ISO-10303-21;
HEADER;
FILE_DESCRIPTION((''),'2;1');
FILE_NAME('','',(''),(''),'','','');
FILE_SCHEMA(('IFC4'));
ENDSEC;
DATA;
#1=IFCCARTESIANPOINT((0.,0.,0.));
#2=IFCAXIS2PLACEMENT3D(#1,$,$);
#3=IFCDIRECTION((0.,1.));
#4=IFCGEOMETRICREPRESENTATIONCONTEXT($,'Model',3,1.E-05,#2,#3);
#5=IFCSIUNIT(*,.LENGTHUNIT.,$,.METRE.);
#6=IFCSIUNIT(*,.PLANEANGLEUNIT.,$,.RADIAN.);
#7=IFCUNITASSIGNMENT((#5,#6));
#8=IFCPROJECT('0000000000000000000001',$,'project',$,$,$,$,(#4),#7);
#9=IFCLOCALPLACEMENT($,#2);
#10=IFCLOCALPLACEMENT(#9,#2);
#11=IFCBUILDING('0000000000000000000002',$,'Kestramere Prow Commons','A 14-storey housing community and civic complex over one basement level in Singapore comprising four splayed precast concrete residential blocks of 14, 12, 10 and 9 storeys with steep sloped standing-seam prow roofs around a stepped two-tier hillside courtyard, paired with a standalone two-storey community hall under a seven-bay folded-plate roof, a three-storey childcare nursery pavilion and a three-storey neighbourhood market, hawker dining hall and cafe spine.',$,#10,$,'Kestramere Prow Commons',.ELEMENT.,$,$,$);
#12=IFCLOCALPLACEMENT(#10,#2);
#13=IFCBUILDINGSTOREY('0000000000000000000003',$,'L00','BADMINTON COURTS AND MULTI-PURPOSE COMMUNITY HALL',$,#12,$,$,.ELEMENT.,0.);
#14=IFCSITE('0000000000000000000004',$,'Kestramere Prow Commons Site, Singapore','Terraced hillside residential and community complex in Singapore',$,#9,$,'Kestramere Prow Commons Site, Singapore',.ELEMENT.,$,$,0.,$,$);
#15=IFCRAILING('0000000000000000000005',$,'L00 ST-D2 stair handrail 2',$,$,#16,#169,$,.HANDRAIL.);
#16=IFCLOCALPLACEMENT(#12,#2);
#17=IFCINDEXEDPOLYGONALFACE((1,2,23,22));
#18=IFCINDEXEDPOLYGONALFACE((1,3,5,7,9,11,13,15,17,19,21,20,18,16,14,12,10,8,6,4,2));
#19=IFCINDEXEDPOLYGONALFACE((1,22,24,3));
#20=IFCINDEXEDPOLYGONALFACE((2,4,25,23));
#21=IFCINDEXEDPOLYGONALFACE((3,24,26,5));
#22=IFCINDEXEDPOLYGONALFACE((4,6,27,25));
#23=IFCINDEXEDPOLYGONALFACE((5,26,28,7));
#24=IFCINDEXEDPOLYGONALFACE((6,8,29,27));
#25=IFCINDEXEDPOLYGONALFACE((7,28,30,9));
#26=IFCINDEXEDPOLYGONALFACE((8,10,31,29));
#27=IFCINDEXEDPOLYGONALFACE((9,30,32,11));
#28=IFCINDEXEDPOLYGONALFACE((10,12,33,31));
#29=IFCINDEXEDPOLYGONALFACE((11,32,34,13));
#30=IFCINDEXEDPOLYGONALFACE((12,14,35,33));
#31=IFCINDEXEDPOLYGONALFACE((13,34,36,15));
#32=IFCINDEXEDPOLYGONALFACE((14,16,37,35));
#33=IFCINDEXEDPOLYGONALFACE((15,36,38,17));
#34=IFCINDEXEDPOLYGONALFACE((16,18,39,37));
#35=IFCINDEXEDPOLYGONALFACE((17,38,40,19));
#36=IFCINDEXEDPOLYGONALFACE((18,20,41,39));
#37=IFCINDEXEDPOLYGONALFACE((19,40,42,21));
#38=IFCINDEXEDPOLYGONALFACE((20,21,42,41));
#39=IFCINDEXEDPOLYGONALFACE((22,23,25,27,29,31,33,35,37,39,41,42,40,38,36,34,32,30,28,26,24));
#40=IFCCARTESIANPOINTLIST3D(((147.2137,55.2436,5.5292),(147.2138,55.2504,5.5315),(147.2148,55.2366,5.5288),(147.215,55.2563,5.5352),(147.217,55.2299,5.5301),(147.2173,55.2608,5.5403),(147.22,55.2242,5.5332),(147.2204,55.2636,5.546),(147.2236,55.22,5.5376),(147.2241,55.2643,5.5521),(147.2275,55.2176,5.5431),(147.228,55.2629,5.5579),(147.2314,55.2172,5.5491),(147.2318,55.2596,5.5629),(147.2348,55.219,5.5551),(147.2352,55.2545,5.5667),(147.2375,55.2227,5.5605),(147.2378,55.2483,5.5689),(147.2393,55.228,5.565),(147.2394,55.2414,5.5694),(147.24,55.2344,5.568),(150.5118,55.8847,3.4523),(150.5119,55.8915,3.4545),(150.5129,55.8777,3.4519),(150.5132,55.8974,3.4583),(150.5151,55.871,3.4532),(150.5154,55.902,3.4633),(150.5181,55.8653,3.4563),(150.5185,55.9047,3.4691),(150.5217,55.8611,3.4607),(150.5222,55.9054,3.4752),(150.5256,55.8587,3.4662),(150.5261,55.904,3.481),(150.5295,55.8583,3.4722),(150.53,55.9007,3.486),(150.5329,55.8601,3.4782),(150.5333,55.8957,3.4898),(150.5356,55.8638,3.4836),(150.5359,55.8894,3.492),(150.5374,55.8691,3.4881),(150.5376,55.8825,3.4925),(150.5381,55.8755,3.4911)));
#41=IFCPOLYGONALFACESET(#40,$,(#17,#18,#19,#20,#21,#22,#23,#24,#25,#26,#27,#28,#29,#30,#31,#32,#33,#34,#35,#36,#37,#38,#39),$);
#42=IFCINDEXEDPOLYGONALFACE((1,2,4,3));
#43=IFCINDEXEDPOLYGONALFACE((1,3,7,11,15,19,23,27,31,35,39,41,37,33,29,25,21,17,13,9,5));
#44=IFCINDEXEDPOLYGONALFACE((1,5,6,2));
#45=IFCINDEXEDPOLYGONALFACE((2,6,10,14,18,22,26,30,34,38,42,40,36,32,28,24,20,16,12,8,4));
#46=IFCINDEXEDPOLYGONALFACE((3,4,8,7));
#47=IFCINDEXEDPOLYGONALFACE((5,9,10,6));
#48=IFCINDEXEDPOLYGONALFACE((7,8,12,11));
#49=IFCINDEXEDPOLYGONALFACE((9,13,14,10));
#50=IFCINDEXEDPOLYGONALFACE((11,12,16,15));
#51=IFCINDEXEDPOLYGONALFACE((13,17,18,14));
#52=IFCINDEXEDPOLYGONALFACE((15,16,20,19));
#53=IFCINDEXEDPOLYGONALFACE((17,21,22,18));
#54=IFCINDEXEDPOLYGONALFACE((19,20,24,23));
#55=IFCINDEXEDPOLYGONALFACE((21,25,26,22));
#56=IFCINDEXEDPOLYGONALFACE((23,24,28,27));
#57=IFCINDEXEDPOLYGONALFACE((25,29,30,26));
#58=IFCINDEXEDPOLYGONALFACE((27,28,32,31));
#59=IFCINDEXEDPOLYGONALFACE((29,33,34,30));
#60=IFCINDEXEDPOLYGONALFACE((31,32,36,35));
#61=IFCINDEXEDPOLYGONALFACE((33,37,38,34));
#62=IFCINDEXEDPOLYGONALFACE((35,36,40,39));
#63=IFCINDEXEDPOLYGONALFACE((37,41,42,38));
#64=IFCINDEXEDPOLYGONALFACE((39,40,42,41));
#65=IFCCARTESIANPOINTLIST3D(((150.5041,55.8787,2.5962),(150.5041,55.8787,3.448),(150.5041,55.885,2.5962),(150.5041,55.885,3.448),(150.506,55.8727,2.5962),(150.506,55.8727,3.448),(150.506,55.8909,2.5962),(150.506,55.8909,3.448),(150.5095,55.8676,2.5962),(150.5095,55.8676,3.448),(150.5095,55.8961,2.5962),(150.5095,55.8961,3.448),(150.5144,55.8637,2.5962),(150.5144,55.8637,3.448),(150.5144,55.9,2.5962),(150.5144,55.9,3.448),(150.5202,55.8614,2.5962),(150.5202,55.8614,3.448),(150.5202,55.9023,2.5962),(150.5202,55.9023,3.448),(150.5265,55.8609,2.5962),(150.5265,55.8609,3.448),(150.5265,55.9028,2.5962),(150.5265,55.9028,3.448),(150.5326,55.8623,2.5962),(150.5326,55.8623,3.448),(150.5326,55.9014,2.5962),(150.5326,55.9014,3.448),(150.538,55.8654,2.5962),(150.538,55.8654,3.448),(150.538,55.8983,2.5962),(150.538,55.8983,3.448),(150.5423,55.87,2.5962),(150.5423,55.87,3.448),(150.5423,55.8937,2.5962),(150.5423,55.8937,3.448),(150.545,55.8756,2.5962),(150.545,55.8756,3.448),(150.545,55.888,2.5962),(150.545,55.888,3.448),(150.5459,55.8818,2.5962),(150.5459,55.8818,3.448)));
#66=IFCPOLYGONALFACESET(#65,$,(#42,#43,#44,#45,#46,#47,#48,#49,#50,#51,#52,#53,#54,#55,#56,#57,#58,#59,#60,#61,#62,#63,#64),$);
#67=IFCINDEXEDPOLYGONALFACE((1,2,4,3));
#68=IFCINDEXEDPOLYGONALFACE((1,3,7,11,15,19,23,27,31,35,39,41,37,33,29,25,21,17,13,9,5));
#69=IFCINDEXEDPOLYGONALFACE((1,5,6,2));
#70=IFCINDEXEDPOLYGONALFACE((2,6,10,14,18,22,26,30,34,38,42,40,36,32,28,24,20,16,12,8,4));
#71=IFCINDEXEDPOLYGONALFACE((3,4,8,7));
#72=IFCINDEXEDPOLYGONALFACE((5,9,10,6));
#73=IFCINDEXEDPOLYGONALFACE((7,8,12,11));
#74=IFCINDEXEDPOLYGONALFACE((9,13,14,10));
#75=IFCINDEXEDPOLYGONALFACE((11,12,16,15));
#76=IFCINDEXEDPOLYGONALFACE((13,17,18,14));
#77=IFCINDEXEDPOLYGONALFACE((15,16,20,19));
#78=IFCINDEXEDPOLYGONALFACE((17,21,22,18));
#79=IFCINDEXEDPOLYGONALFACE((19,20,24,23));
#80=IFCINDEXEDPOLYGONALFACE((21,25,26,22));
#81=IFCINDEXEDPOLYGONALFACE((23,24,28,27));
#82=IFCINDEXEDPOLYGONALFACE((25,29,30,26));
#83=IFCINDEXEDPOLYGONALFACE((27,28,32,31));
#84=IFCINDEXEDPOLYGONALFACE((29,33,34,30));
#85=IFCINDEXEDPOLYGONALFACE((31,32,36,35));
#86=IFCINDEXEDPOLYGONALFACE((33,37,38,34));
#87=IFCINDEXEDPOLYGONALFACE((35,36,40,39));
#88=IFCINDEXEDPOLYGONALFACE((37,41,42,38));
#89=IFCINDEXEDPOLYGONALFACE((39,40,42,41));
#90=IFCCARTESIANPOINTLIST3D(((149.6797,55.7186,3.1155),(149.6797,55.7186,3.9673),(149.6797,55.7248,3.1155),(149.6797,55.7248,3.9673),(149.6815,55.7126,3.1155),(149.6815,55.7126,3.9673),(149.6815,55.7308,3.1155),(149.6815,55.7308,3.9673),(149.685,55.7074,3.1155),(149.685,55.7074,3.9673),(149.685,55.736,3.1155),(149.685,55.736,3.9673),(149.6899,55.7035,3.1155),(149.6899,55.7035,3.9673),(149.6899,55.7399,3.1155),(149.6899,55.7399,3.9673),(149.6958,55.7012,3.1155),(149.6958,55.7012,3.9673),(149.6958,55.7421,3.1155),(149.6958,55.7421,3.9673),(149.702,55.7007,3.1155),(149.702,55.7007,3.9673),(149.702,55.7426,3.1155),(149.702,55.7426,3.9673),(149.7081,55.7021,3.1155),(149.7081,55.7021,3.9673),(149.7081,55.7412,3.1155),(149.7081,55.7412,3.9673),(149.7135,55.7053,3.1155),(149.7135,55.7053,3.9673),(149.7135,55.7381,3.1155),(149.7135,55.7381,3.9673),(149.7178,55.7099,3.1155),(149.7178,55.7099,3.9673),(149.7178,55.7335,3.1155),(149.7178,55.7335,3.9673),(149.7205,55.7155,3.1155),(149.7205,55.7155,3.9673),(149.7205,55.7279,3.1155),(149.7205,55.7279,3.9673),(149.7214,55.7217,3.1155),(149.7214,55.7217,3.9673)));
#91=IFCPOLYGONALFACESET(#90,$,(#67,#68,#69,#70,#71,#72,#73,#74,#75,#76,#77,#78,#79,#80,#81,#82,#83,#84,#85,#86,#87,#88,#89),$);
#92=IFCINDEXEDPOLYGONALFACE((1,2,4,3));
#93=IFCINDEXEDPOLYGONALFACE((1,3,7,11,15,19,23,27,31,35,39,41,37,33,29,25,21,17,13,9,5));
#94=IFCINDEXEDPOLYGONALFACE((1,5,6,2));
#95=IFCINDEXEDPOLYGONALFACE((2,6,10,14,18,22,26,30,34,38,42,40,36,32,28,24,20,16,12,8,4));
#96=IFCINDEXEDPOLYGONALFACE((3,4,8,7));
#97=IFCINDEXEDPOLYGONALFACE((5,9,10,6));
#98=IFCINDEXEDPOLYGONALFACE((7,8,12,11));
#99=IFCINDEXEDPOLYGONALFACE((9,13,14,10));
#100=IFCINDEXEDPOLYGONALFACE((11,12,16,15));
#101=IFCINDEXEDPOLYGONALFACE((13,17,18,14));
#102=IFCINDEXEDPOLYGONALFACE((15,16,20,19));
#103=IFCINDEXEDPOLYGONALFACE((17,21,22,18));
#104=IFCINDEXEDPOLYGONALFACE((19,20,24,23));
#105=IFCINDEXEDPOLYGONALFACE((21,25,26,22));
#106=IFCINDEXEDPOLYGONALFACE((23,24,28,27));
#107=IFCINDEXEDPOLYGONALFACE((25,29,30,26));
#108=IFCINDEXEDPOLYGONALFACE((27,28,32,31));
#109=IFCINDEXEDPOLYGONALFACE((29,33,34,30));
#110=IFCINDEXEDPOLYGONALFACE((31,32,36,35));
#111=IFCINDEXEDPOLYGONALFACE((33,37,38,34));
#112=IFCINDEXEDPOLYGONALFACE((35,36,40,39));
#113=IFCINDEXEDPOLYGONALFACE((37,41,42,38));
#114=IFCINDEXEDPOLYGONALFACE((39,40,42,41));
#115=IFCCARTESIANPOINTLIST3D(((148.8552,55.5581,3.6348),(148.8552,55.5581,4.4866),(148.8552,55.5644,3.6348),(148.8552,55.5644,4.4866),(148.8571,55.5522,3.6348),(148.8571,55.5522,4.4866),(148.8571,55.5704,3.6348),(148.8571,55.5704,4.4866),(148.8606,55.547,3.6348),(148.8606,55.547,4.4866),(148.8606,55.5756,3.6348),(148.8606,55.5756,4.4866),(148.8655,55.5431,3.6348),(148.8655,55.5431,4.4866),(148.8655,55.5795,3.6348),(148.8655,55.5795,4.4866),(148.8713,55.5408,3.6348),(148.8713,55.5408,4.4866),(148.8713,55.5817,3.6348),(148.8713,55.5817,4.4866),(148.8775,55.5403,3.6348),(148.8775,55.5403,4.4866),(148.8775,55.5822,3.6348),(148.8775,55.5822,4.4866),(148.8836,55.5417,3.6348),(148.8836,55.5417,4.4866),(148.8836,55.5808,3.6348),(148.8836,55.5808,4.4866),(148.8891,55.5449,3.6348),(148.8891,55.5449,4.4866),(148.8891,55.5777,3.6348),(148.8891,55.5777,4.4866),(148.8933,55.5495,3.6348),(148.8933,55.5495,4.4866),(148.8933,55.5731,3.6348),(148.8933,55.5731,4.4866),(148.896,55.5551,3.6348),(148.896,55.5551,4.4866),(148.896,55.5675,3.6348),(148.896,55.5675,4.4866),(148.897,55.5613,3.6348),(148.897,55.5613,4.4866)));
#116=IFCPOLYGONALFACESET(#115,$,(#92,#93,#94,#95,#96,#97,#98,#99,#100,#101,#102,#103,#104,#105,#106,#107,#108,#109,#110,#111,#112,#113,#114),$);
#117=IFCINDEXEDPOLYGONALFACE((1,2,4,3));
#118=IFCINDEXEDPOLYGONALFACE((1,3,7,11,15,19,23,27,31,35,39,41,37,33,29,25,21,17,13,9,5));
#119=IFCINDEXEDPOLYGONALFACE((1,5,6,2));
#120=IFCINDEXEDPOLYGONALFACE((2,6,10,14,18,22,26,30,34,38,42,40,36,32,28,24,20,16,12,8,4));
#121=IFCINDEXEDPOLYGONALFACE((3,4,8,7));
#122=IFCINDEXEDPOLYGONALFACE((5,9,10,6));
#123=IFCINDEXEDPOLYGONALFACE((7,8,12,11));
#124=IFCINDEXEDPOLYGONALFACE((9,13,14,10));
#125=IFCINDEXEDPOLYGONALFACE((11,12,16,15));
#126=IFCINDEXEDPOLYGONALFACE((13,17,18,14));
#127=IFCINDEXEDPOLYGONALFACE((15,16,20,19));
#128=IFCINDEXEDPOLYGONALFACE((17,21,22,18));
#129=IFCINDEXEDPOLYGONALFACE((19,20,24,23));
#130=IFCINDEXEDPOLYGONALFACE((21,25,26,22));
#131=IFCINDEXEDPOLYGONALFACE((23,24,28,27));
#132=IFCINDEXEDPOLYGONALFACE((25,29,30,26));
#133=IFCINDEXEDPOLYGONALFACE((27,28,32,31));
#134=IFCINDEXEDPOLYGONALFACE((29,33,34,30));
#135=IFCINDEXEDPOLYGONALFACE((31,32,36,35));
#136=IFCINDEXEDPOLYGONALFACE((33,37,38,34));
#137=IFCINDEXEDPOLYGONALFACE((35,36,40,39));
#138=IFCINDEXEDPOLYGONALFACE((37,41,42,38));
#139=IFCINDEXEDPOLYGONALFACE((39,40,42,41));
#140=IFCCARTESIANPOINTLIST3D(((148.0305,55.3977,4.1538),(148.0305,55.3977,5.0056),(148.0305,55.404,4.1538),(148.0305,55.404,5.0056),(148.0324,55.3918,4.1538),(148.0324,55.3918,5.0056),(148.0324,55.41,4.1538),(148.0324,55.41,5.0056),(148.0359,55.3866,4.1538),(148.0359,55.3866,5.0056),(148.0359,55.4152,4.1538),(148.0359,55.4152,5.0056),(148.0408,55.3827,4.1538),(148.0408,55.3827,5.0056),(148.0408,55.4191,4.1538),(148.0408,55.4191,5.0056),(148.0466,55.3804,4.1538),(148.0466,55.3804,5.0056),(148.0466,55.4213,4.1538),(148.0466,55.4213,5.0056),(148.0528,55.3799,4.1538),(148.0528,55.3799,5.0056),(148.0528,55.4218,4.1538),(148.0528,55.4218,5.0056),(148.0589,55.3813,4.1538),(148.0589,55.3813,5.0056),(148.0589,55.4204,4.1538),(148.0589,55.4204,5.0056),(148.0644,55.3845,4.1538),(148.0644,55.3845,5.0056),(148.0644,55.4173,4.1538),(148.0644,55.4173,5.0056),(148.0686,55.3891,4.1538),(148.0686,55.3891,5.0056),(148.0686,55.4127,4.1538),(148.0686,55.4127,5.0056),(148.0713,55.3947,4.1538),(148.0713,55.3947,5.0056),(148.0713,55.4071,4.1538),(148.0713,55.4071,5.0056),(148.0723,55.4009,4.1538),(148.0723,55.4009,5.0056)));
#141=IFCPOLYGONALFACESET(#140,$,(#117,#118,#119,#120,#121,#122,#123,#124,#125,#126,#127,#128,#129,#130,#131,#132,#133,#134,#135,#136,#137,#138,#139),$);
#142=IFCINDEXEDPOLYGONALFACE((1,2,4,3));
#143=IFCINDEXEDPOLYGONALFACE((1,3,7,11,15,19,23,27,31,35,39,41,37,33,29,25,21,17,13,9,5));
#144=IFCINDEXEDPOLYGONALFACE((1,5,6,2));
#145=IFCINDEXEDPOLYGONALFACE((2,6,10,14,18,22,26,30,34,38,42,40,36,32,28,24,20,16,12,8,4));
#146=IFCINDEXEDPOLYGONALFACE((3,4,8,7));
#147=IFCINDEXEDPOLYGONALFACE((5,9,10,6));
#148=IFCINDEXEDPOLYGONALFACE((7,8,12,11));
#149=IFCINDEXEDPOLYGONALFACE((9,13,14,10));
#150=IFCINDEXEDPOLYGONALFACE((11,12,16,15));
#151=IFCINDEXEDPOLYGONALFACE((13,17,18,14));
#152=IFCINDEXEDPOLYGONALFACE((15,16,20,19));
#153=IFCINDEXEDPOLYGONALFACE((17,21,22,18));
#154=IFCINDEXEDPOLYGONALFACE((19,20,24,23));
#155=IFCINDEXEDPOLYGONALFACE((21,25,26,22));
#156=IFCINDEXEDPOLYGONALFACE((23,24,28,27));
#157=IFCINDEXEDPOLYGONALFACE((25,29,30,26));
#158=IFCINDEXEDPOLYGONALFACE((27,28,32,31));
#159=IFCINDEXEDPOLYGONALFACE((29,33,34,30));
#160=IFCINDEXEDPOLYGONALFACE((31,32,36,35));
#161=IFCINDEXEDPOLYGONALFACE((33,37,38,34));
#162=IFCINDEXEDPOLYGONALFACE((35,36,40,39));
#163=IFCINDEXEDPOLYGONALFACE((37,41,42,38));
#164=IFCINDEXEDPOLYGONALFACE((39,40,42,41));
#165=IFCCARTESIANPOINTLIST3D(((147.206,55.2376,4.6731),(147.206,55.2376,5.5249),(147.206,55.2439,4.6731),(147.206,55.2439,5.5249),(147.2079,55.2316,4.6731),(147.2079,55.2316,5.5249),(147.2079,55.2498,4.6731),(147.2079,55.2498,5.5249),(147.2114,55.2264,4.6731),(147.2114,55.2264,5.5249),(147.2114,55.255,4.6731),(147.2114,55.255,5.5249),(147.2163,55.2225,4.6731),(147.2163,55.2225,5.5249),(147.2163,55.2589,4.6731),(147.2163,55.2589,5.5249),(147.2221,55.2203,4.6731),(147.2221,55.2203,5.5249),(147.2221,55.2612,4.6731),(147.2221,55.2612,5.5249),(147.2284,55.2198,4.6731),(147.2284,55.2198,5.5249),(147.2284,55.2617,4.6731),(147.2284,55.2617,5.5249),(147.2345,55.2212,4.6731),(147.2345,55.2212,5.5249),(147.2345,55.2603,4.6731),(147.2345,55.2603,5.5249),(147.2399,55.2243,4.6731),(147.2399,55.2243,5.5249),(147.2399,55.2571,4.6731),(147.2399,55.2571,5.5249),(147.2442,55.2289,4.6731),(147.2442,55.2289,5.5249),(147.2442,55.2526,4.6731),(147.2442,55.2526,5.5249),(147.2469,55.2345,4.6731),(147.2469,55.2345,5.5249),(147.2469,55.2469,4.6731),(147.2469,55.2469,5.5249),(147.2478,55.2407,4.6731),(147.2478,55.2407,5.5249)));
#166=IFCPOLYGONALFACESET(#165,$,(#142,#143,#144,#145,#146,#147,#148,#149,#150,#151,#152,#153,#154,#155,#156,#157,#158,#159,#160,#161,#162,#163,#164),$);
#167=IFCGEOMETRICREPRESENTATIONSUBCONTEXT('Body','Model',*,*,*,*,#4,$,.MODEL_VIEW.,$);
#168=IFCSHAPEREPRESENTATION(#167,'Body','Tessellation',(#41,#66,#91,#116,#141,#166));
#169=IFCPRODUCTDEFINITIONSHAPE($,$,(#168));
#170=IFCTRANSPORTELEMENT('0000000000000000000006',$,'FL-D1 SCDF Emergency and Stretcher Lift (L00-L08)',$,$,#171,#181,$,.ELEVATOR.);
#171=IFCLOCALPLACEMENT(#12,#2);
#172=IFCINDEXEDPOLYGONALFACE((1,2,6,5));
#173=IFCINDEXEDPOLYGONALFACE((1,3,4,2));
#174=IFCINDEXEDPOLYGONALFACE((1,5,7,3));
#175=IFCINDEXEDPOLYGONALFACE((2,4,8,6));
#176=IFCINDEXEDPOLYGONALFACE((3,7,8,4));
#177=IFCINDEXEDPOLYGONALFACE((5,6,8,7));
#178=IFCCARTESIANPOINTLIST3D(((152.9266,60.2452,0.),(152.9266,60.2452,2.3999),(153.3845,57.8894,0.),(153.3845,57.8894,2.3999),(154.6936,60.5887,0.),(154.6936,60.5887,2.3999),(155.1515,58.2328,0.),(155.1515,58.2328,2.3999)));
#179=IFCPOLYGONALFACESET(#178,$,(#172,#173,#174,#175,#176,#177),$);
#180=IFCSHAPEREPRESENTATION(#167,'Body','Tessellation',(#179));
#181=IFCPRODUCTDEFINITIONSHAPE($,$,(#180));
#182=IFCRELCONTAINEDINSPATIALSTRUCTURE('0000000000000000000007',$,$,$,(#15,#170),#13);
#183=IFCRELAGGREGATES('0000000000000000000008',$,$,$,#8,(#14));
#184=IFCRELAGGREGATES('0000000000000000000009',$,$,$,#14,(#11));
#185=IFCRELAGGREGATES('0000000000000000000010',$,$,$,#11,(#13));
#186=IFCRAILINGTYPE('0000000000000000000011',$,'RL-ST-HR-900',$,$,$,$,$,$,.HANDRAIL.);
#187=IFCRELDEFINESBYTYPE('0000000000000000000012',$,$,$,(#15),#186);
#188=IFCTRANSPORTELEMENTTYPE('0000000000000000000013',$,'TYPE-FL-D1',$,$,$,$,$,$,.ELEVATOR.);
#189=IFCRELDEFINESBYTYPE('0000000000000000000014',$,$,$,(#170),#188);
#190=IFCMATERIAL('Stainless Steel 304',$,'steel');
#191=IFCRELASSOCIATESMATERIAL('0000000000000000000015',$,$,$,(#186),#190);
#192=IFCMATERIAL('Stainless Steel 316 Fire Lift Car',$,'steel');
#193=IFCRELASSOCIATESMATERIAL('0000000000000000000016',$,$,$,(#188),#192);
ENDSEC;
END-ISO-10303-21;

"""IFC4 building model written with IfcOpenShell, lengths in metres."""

from ifc_helpers import new_model, si_unit, direction, frame, origin, origin_2d, place, context, subcontext, project, spatial, rectangle, circle, extrude, material, type_object, element, save


model = new_model("IFC4")

# Units and contexts
model_context = context("Model", 3, precision=1e-05, world=origin(), true_north=direction((0.0, 1.0)))
body_context = subcontext(model_context, "Body", "Model", "MODEL_VIEW")
ifc_project = project(units=[si_unit("LENGTHUNIT", "METRE"), si_unit("PLANEANGLEUNIT", "RADIAN")], contexts=[model_context])

# Site, building, storey
site_placement = place(None, origin())
site = spatial("IfcSite", under=ifc_project, at=site_placement, Name="Kestramere Prow Commons Site, Singapore", Description="Terraced hillside residential and community complex in Singapore", LongName="Kestramere Prow Commons Site, Singapore", CompositionType="ELEMENT", RefElevation=0.0)
building_placement = place(site_placement, origin())
building = spatial("IfcBuilding", under=site, at=building_placement, Name="Kestramere Prow Commons", Description="A 14-storey housing community and civic complex over one basement level in Singapore comprising four splayed precast concrete residential blocks of 14, 12, 10 and 9 storeys with steep sloped standing-seam prow roofs around a stepped two-tier hillside courtyard, paired with a standalone two-storey community hall under a seven-bay folded-plate roof, a three-storey childcare nursery pavilion and a three-storey neighbourhood market, hawker dining hall and cafe spine.", LongName="Kestramere Prow Commons", CompositionType="ELEMENT")
storey_placement = place(building_placement, origin())
storey = spatial("IfcBuildingStorey", under=building, at=storey_placement, Name="L00", Description="BADMINTON COURTS AND MULTI-PURPOSE COMMUNITY HALL", CompositionType="ELEMENT", Elevation=0.0)

# Railing
ifc_material_1 = material(Name="Stainless Steel 304", Category="steel")
railing_type_1 = type_object("IfcRailingType", Name="RL-ST-HR-900", PredefinedType="HANDRAIL", material=ifc_material_1)
railing_1_placement = place(storey_placement, frame((150.5249, 55.8818, 2.5962)))
element("IfcRailing", 1, at=railing_1_placement, inside=storey, type_object=railing_type_1, Name="L00 ST-D2 stair handrail 2", PredefinedType="HANDRAIL", context=body_context, shape_type="SweptSolid", body=[
    extrude(circle(Radius=0.0239, at=origin_2d()), frame((0.0, 0.0, 0.876), z_axis=(-0.834975, -0.16231, 0.525807), x_axis=(0.190817, -0.981626, 0.0)), (0.0, 0.0, 1.0), 3.95),
    extrude(circle(Radius=0.021, at=origin_2d()), origin(), (0.0, 0.0, 1.0), 0.8518),
    extrude(circle(Radius=0.021, at=origin_2d()), frame((-0.8245, -0.1602, 0.5193)), (0.0, 0.0, 1.0), 0.8518),
    extrude(circle(Radius=0.021, at=origin_2d()), frame((-1.6489, -0.3206, 1.0386)), (0.0, 0.0, 1.0), 0.8518),
    extrude(circle(Radius=0.021, at=origin_2d()), frame((-2.4736, -0.481, 1.5576)), (0.0, 0.0, 1.0), 0.8518),
    extrude(circle(Radius=0.021, at=origin_2d()), frame((-3.2981, -0.6411, 2.0769)), (0.0, 0.0, 1.0), 0.8518),
])

# Transport element
ifc_material_2 = material(Name="Stainless Steel 316 Fire Lift Car", Category="steel")
transport_element_type = type_object("IfcTransportElementType", Name="TYPE-FL-D1", PredefinedType="ELEVATOR", material=ifc_material_2)
transport_element_placement = place(storey_placement, frame((154.0391, 59.239, 0.0), z_axis=(0.0, 0.0, 1.0), x_axis=(0.981627, 0.190809, 0.0)))
element("IfcTransportElement", 2, at=transport_element_placement, inside=storey, type_object=transport_element_type, Name="FL-D1 SCDF Emergency and Stretcher Lift (L00-L08)", PredefinedType="ELEVATOR", context=body_context, shape_type="SweptSolid", body=[
    extrude(rectangle(XDim=1.8, YDim=2.3999, at=origin_2d()), origin(), (0.0, 0.0, 1.0), 2.3999),
])

save(model, "model.ifc")
